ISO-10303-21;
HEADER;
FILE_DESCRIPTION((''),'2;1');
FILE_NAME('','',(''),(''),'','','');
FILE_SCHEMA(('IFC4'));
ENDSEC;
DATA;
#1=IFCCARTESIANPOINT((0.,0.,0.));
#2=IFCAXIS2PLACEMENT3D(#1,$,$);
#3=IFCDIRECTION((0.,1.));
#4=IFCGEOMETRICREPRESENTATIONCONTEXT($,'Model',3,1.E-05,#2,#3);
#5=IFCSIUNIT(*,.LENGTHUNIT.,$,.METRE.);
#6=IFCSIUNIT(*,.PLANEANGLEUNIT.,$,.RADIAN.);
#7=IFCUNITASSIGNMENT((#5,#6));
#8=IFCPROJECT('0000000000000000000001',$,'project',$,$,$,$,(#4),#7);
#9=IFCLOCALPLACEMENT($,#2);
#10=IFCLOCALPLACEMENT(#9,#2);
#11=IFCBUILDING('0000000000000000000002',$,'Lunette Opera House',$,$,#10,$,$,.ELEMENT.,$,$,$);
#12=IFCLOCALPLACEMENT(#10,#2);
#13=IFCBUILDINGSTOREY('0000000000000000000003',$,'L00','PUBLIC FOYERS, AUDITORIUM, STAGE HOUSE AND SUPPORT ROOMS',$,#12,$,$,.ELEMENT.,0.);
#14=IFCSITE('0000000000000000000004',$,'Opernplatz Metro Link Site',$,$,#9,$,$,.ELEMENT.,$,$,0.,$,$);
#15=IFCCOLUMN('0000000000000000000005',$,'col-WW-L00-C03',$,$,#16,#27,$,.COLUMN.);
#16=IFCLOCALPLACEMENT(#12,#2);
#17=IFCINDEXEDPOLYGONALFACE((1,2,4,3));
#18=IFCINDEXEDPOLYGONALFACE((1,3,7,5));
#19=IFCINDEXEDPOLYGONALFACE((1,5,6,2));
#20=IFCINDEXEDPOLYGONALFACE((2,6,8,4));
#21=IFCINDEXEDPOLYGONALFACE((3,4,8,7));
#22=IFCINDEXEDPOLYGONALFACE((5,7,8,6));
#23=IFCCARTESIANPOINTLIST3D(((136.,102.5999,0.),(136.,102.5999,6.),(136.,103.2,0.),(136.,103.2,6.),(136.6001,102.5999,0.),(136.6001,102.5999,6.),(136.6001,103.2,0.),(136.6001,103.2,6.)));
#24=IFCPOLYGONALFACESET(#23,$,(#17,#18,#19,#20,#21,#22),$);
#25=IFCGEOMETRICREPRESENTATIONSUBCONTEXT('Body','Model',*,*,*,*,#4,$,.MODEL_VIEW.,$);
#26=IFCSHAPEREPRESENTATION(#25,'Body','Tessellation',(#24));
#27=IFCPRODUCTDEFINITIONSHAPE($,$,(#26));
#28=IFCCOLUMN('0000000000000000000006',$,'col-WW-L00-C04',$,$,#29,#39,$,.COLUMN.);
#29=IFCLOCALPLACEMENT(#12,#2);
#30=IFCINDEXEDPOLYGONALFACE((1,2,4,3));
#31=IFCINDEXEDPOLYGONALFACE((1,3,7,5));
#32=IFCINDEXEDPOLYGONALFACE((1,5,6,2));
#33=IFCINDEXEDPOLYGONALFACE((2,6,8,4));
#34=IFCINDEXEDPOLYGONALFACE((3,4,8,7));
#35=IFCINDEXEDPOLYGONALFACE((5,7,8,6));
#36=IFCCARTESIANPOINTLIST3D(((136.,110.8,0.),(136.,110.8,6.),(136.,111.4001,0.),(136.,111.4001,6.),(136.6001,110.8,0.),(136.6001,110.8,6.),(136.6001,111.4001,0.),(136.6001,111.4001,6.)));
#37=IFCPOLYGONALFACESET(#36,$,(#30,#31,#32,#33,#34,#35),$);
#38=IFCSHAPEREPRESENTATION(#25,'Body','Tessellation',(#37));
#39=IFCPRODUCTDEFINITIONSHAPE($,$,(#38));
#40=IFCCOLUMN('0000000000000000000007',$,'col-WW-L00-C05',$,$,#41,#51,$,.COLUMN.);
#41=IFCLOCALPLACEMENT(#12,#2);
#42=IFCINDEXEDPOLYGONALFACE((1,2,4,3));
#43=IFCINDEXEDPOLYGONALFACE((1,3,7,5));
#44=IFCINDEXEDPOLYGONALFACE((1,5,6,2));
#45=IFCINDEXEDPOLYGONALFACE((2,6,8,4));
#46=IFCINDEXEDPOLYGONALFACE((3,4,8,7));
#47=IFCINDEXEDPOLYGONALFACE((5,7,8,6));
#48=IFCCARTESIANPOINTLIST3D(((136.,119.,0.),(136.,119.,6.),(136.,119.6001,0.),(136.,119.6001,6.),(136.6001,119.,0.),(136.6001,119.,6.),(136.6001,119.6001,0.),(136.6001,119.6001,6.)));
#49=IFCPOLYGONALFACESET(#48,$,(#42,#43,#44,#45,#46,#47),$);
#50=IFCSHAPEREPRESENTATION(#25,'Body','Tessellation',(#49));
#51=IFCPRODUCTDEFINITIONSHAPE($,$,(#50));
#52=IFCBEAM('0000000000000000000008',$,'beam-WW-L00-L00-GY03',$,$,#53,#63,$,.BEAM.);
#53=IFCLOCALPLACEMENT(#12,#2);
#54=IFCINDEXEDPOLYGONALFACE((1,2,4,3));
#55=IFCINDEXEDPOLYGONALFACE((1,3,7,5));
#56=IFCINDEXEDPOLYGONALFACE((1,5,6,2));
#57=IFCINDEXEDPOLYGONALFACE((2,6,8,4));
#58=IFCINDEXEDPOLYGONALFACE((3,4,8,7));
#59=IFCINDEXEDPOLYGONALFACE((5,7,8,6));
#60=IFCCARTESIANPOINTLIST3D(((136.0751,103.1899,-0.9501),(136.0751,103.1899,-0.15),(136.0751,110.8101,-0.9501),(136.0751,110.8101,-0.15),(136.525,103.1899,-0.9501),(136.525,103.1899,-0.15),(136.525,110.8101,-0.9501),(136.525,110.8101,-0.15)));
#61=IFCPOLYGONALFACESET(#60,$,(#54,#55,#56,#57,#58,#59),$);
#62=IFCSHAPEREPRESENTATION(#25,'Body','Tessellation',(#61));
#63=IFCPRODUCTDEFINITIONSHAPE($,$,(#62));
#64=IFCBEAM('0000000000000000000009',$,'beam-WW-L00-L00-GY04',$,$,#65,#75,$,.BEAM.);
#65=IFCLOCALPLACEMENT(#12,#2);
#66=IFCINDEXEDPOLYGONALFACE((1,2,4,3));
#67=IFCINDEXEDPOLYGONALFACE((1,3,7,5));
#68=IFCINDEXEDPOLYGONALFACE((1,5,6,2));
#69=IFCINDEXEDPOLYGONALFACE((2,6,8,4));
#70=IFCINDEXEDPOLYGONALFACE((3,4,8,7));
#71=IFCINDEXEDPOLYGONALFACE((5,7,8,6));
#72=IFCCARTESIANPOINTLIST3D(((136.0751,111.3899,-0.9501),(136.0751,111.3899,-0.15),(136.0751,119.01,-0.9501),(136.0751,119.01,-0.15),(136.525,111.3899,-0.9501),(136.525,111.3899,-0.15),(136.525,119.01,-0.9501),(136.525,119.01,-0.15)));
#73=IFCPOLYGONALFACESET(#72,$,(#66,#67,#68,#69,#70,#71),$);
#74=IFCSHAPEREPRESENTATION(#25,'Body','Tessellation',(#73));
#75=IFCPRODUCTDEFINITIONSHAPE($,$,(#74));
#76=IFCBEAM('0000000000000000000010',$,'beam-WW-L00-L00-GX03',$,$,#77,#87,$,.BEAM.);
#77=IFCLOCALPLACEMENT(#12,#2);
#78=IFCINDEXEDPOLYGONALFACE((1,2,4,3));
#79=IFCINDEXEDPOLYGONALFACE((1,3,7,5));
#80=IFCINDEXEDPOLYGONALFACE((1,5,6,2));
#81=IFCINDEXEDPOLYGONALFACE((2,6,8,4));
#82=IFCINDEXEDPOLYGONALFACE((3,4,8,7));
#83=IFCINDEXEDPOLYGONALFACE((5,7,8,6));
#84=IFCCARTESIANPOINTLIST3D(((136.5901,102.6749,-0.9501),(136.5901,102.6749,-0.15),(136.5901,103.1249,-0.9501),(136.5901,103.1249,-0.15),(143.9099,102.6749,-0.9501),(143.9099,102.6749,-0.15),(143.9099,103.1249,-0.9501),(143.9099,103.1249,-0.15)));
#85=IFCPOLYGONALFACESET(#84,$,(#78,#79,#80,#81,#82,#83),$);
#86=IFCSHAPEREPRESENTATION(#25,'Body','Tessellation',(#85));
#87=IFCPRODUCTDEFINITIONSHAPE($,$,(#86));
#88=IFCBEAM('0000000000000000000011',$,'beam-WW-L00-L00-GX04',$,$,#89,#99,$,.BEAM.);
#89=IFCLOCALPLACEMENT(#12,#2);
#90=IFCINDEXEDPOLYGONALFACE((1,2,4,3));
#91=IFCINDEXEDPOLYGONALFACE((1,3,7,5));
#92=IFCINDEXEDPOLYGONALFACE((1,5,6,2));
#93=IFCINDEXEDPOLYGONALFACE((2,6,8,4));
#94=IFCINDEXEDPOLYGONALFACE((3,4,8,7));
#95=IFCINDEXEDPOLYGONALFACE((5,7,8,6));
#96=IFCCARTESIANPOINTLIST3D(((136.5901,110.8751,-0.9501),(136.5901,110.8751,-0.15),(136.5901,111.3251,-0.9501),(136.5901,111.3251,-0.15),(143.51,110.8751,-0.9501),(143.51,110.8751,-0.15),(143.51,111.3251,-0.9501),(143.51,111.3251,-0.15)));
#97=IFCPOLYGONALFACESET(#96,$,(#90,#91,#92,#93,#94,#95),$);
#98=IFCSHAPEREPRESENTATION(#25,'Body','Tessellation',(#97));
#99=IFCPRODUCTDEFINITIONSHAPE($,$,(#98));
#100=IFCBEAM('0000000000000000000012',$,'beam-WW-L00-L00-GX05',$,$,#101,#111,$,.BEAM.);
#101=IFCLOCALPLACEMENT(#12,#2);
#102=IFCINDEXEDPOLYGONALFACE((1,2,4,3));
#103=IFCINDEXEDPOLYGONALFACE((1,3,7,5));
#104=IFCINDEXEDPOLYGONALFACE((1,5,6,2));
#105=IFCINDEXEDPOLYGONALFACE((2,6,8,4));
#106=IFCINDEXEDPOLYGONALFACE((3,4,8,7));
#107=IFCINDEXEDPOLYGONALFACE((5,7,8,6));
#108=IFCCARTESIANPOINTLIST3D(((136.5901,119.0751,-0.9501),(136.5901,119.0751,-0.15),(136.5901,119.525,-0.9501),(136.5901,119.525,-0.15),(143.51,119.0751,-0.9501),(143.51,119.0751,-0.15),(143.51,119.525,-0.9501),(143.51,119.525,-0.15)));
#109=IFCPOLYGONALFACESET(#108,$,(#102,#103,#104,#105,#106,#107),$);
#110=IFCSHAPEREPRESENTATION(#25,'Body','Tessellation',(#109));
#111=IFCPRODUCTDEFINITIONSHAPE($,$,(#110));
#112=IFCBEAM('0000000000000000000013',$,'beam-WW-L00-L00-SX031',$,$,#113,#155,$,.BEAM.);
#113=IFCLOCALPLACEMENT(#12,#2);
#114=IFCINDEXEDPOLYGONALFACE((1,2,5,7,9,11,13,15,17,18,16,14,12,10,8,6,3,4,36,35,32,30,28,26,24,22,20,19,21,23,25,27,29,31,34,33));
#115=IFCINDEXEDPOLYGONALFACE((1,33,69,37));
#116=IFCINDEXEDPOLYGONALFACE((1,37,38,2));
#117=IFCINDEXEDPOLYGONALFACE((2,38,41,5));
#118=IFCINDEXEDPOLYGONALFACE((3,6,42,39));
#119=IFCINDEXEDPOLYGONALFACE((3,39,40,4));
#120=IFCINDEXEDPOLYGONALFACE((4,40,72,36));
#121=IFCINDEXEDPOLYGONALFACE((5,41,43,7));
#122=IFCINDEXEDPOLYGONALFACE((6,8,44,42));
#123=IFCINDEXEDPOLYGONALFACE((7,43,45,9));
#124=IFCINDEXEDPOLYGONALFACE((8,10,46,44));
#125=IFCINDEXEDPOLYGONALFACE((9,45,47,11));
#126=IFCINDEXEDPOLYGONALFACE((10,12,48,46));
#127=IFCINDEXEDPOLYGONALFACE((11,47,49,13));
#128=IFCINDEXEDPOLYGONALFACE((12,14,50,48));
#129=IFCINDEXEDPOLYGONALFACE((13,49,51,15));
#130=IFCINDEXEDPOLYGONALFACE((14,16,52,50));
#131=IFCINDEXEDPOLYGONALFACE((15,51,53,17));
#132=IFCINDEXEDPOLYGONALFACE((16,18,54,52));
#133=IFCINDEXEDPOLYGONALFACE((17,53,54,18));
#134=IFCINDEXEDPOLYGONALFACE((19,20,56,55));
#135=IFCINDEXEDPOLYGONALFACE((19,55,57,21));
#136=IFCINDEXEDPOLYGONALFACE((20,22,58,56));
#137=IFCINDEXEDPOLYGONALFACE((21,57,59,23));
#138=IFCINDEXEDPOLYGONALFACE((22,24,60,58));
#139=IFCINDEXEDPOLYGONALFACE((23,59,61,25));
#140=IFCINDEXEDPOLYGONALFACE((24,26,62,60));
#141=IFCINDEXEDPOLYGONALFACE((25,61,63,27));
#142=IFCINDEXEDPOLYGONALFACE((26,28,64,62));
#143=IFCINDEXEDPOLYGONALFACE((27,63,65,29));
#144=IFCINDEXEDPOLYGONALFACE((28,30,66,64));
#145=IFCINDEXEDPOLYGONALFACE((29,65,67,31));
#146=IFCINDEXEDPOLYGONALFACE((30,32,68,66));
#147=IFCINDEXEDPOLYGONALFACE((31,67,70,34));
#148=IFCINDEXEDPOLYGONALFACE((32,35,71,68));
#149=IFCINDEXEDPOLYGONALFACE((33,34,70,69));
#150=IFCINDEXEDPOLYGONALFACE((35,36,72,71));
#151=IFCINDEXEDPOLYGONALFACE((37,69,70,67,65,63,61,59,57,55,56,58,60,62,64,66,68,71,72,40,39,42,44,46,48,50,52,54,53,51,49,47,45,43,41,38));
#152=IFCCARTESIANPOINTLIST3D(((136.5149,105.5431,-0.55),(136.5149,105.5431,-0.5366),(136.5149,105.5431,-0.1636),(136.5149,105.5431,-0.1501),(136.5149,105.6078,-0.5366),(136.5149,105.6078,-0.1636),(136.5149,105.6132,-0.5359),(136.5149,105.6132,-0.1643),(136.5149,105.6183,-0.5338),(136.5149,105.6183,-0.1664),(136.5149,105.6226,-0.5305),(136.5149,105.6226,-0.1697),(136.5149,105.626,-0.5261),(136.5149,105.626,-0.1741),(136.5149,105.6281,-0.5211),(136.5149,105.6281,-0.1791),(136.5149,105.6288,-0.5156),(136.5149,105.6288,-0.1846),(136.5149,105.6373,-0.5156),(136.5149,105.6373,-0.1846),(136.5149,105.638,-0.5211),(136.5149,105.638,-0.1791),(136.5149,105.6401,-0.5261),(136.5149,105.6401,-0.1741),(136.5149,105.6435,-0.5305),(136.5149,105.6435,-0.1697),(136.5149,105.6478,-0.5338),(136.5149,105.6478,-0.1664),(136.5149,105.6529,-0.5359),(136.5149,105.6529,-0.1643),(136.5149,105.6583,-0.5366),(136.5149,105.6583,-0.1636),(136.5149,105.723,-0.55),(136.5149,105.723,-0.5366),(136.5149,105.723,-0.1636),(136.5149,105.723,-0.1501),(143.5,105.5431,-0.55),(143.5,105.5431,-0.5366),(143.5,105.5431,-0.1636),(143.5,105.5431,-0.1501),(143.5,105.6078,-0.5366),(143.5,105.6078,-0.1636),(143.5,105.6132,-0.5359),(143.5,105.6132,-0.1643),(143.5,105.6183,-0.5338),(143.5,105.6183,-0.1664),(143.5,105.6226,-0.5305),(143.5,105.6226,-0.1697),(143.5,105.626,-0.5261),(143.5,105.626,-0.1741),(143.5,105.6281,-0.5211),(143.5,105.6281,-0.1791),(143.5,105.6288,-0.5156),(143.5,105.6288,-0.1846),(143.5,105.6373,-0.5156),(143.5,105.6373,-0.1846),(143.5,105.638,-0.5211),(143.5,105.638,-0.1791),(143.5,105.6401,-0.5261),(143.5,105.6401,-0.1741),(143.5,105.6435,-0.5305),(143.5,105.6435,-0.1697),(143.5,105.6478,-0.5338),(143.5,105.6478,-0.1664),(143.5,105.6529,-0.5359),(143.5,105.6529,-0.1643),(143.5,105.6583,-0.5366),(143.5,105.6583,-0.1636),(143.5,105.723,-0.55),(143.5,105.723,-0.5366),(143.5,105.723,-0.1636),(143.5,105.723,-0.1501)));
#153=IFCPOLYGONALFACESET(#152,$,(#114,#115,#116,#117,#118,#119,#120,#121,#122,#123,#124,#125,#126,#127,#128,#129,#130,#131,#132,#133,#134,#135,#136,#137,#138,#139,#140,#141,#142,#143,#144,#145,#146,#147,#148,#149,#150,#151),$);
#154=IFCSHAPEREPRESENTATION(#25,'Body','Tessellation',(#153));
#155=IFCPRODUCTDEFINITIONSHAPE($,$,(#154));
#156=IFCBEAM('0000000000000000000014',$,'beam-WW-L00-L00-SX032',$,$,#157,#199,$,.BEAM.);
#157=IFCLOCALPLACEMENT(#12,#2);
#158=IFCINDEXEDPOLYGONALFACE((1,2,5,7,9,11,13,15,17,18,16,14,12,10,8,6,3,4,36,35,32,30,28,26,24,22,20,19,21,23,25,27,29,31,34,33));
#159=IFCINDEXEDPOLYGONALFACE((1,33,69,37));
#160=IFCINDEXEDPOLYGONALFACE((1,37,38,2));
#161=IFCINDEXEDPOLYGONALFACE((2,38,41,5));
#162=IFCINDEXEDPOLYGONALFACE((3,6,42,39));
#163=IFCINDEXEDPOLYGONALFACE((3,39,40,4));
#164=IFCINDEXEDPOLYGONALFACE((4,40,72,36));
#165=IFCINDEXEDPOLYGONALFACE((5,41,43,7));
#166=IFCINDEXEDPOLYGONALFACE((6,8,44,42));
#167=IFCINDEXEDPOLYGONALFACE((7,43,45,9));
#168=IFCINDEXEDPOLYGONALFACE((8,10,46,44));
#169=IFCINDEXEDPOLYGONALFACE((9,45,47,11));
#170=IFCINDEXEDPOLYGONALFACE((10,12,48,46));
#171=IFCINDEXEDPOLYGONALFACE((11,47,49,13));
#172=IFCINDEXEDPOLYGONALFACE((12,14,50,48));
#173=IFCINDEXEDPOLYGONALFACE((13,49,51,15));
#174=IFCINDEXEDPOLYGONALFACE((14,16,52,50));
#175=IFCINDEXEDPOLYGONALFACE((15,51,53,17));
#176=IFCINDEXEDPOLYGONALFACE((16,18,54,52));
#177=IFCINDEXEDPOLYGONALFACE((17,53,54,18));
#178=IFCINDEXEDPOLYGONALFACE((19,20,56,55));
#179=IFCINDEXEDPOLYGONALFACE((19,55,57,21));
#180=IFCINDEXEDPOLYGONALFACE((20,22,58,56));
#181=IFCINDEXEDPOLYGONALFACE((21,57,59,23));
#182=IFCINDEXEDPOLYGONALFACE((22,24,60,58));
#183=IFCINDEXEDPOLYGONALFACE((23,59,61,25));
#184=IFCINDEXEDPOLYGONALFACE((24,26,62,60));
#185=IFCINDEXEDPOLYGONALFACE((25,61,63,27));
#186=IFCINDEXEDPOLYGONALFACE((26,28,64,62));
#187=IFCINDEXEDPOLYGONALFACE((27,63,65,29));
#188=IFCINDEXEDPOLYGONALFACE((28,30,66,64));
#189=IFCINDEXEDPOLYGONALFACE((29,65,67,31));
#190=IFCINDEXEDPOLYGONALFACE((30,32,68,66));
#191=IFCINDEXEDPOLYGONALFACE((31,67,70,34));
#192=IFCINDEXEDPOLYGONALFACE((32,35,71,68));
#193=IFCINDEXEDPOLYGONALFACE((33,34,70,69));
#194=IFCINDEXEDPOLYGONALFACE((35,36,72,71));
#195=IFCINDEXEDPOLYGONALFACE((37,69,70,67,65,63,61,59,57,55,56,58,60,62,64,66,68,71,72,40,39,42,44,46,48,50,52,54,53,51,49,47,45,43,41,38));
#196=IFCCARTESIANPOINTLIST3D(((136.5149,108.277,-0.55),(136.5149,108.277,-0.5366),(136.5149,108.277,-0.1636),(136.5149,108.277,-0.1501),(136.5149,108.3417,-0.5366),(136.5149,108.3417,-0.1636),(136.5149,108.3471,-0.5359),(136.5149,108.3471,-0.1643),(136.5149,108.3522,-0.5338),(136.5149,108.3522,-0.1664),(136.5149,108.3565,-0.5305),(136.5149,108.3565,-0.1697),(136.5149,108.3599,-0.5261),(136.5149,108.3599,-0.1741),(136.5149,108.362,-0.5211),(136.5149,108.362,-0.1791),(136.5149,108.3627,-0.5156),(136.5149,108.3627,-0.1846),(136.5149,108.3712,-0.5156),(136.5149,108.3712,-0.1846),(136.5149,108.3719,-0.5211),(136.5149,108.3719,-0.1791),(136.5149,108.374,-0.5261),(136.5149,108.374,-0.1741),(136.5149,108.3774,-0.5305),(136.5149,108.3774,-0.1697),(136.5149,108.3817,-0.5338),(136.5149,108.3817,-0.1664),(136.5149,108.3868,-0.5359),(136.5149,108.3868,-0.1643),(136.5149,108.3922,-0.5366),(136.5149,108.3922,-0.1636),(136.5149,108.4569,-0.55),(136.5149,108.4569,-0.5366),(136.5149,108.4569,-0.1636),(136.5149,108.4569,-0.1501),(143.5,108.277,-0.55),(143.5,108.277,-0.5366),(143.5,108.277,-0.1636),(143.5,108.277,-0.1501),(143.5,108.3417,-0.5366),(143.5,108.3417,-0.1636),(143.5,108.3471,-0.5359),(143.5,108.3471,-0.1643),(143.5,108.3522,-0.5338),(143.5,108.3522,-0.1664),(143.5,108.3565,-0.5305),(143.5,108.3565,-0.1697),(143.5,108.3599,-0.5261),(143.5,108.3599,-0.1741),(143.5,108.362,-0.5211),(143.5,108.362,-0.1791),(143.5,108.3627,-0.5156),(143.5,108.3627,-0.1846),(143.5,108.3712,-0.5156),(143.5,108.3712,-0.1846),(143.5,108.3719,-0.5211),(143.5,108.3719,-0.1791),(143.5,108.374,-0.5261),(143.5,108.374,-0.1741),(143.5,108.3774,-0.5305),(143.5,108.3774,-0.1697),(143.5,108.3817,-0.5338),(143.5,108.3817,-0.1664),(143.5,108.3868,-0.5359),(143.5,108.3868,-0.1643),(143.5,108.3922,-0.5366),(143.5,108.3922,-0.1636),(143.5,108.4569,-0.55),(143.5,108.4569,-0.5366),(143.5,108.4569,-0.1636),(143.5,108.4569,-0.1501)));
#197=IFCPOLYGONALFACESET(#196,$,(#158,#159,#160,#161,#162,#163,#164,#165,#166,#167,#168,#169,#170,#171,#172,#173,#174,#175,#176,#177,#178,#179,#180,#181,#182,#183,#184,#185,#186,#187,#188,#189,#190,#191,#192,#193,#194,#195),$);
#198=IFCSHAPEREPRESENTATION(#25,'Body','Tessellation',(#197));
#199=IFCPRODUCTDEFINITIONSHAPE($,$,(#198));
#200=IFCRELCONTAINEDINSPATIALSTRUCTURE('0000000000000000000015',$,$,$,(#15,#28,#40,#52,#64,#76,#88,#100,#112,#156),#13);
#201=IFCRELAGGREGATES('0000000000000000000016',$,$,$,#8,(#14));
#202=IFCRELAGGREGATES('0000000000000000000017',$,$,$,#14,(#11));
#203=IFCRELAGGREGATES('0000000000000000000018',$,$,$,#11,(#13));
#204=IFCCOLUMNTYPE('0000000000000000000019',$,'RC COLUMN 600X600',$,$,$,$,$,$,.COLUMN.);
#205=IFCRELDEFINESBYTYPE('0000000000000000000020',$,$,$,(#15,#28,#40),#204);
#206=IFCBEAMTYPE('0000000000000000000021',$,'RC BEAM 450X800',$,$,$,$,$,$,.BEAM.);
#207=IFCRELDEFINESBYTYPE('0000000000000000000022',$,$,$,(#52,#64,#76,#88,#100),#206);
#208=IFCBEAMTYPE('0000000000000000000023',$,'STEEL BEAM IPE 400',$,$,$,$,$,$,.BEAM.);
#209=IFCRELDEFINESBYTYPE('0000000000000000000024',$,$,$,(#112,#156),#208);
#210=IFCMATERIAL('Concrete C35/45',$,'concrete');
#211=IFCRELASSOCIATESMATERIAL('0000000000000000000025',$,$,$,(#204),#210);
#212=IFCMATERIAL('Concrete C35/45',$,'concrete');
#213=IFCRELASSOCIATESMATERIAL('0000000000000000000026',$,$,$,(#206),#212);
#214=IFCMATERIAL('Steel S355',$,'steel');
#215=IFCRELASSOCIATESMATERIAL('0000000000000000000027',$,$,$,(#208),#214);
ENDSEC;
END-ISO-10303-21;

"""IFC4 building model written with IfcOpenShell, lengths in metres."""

from ifc_helpers import new_model, si_unit, direction, frame, origin, origin_2d, place, context, subcontext, project, spatial, rectangle, i_section, extrude, material, material_profile, profile_set, type_object, element, save


model = new_model("IFC4")

# Units and contexts
model_context = context("Model", 3, precision=1e-05, world=origin(), true_north=direction((0.0, 1.0)))
body_context = subcontext(model_context, "Body", "Model", "MODEL_VIEW")
ifc_project = project(units=[si_unit("LENGTHUNIT", "METRE"), si_unit("PLANEANGLEUNIT", "RADIAN")], contexts=[model_context])

# Site, building, storey
site_placement = place(None, origin())
site = spatial("IfcSite", under=ifc_project, at=site_placement, Name="Opernplatz Metro Link Site", CompositionType="ELEMENT", RefElevation=0.0)
building_placement = place(site_placement, origin())
building = spatial("IfcBuilding", under=site, at=building_placement, Name="Lunette Opera House", CompositionType="ELEMENT")
storey_placement = place(building_placement, origin())
storey = spatial("IfcBuildingStorey", under=building, at=storey_placement, Name="L00", Description="PUBLIC FOYERS, AUDITORIUM, STAGE HOUSE AND SUPPORT ROOMS", CompositionType="ELEMENT", Elevation=0.0)

# Columns
ifc_material_1 = material(Name="Concrete C35/45", Category="concrete")
ifc_material_profile_1 = material_profile(ifc_material_1, rectangle(XDim=0.6001, YDim=0.6001, at=origin_2d()), Name="RC COLUMN 600X600")
ifc_profile_set_1 = profile_set([ifc_material_profile_1], Name="Concrete C35/45")
column_type = type_object("IfcColumnType", Name="RC COLUMN 600X600", PredefinedType="COLUMN", material=ifc_profile_set_1)
for number, where, z_axis, x_axis, name in (
    (1, (136.3, 102.8999, 0.0), (0.0, 0.0, 1.0), (1.0, 0.0, 0.0), "col-WW-L00-C03"),
    (2, (136.3, 111.1001, 0.0), (0.0, 0.0, 1.0), (1.0, 0.0, 0.0), "col-WW-L00-C04"),
    (3, (136.3, 119.3, 0.0), (0.0, 0.0, 1.0), (1.0, 0.0, 0.0), "col-WW-L00-C05"),
):
    element("IfcColumn", number, at=place(storey_placement, frame(where, z_axis=z_axis, x_axis=x_axis)), inside=storey, type_object=column_type, Name=name, PredefinedType="COLUMN", context=body_context, shape_type="SweptSolid", body=[
        extrude(rectangle(XDim=0.6001, YDim=0.6001, at=origin_2d()), origin(), (0.0, 0.0, 1.0), 6.0),
    ])

# Beams
ifc_material_2 = material(Name="Concrete C35/45", Category="concrete")
ifc_material_profile_2 = material_profile(ifc_material_2, rectangle(XDim=0.45, YDim=0.8, at=origin_2d()), Name="RC BEAM 450X800")
ifc_profile_set_2 = profile_set([ifc_material_profile_2], Name="Concrete C35/45")
beam_type_1 = type_object("IfcBeamType", Name="RC BEAM 450X800", PredefinedType="BEAM", material=ifc_profile_set_2)
for number, where, z_axis, x_axis, name in (
    (4, (136.3, 103.1899, -0.55), (0.0, 1.0, 0.0), (-1.0, 0.0, 0.0), "beam-WW-L00-L00-GY03"),
    (5, (136.3, 111.3899, -0.55), (0.0, 1.0, 0.0), (-1.0, 0.0, 0.0), "beam-WW-L00-L00-GY04"),
):
    element("IfcBeam", number, at=place(storey_placement, frame(where, z_axis=z_axis, x_axis=x_axis)), inside=storey, type_object=beam_type_1, Name=name, PredefinedType="BEAM", context=body_context, shape_type="SweptSolid", body=[
        extrude(rectangle(XDim=0.45, YDim=0.8, at=origin_2d()), origin(), (0.0, 0.0, 1.0), 7.6201),
    ])
beam_placement = place(storey_placement, frame((136.5901, 102.8999, -0.55), z_axis=(1.0, 0.0, 0.0), x_axis=(0.0, 1.0, 0.0)))
element("IfcBeam", 6, at=beam_placement, inside=storey, type_object=beam_type_1, Name="beam-WW-L00-L00-GX03", PredefinedType="BEAM", context=body_context, shape_type="SweptSolid", body=[
    extrude(rectangle(XDim=0.45, YDim=0.8, at=origin_2d()), origin(), (0.0, 0.0, 1.0), 7.3198),
])
for number, where, z_axis, x_axis, name in (
    (7, (136.5901, 111.1001, -0.55), (1.0, 0.0, 0.0), (0.0, 1.0, 0.0), "beam-WW-L00-L00-GX04"),
    (8, (136.5901, 119.3, -0.55), (1.0, 0.0, 0.0), (0.0, 1.0, 0.0), "beam-WW-L00-L00-GX05"),
):
    element("IfcBeam", number, at=place(storey_placement, frame(where, z_axis=z_axis, x_axis=x_axis)), inside=storey, type_object=beam_type_1, Name=name, PredefinedType="BEAM", context=body_context, shape_type="SweptSolid", body=[
        extrude(rectangle(XDim=0.45, YDim=0.8, at=origin_2d()), origin(), (0.0, 0.0, 1.0), 6.9199),
    ])
ifc_material_3 = material(Name="Steel S355", Category="steel")
ifc_material_profile_3 = material_profile(ifc_material_3, i_section(OverallWidth=0.1799, OverallDepth=0.3999, WebThickness=0.0085, FlangeThickness=0.0134, FilletRadius=0.021, at=origin_2d()), Name="IPE 400")
ifc_profile_set_3 = profile_set([ifc_material_profile_3], Name="Steel S355")
beam_type_2 = type_object("IfcBeamType", Name="STEEL BEAM IPE 400", PredefinedType="BEAM", material=ifc_profile_set_3)
for number, where, z_axis, x_axis, name in (
    (9, (136.5149, 105.6331, -0.3501), (1.0, 0.0, 0.0), (0.0, 1.0, 0.0), "beam-WW-L00-L00-SX031"),
    (10, (136.5149, 108.3669, -0.3501), (1.0, 0.0, 0.0), (0.0, 1.0, 0.0), "beam-WW-L00-L00-SX032"),
):
    element("IfcBeam", number, at=place(storey_placement, frame(where, z_axis=z_axis, x_axis=x_axis)), inside=storey, type_object=beam_type_2, Name=name, PredefinedType="BEAM", context=body_context, shape_type="SweptSolid", body=[
        extrude(i_section(OverallWidth=0.1799, OverallDepth=0.3999, WebThickness=0.0085, FlangeThickness=0.0134, FilletRadius=0.021, at=origin_2d()), origin(), (0.0, 0.0, 1.0), 6.9851),
    ])

save(model, "model.ifc")
